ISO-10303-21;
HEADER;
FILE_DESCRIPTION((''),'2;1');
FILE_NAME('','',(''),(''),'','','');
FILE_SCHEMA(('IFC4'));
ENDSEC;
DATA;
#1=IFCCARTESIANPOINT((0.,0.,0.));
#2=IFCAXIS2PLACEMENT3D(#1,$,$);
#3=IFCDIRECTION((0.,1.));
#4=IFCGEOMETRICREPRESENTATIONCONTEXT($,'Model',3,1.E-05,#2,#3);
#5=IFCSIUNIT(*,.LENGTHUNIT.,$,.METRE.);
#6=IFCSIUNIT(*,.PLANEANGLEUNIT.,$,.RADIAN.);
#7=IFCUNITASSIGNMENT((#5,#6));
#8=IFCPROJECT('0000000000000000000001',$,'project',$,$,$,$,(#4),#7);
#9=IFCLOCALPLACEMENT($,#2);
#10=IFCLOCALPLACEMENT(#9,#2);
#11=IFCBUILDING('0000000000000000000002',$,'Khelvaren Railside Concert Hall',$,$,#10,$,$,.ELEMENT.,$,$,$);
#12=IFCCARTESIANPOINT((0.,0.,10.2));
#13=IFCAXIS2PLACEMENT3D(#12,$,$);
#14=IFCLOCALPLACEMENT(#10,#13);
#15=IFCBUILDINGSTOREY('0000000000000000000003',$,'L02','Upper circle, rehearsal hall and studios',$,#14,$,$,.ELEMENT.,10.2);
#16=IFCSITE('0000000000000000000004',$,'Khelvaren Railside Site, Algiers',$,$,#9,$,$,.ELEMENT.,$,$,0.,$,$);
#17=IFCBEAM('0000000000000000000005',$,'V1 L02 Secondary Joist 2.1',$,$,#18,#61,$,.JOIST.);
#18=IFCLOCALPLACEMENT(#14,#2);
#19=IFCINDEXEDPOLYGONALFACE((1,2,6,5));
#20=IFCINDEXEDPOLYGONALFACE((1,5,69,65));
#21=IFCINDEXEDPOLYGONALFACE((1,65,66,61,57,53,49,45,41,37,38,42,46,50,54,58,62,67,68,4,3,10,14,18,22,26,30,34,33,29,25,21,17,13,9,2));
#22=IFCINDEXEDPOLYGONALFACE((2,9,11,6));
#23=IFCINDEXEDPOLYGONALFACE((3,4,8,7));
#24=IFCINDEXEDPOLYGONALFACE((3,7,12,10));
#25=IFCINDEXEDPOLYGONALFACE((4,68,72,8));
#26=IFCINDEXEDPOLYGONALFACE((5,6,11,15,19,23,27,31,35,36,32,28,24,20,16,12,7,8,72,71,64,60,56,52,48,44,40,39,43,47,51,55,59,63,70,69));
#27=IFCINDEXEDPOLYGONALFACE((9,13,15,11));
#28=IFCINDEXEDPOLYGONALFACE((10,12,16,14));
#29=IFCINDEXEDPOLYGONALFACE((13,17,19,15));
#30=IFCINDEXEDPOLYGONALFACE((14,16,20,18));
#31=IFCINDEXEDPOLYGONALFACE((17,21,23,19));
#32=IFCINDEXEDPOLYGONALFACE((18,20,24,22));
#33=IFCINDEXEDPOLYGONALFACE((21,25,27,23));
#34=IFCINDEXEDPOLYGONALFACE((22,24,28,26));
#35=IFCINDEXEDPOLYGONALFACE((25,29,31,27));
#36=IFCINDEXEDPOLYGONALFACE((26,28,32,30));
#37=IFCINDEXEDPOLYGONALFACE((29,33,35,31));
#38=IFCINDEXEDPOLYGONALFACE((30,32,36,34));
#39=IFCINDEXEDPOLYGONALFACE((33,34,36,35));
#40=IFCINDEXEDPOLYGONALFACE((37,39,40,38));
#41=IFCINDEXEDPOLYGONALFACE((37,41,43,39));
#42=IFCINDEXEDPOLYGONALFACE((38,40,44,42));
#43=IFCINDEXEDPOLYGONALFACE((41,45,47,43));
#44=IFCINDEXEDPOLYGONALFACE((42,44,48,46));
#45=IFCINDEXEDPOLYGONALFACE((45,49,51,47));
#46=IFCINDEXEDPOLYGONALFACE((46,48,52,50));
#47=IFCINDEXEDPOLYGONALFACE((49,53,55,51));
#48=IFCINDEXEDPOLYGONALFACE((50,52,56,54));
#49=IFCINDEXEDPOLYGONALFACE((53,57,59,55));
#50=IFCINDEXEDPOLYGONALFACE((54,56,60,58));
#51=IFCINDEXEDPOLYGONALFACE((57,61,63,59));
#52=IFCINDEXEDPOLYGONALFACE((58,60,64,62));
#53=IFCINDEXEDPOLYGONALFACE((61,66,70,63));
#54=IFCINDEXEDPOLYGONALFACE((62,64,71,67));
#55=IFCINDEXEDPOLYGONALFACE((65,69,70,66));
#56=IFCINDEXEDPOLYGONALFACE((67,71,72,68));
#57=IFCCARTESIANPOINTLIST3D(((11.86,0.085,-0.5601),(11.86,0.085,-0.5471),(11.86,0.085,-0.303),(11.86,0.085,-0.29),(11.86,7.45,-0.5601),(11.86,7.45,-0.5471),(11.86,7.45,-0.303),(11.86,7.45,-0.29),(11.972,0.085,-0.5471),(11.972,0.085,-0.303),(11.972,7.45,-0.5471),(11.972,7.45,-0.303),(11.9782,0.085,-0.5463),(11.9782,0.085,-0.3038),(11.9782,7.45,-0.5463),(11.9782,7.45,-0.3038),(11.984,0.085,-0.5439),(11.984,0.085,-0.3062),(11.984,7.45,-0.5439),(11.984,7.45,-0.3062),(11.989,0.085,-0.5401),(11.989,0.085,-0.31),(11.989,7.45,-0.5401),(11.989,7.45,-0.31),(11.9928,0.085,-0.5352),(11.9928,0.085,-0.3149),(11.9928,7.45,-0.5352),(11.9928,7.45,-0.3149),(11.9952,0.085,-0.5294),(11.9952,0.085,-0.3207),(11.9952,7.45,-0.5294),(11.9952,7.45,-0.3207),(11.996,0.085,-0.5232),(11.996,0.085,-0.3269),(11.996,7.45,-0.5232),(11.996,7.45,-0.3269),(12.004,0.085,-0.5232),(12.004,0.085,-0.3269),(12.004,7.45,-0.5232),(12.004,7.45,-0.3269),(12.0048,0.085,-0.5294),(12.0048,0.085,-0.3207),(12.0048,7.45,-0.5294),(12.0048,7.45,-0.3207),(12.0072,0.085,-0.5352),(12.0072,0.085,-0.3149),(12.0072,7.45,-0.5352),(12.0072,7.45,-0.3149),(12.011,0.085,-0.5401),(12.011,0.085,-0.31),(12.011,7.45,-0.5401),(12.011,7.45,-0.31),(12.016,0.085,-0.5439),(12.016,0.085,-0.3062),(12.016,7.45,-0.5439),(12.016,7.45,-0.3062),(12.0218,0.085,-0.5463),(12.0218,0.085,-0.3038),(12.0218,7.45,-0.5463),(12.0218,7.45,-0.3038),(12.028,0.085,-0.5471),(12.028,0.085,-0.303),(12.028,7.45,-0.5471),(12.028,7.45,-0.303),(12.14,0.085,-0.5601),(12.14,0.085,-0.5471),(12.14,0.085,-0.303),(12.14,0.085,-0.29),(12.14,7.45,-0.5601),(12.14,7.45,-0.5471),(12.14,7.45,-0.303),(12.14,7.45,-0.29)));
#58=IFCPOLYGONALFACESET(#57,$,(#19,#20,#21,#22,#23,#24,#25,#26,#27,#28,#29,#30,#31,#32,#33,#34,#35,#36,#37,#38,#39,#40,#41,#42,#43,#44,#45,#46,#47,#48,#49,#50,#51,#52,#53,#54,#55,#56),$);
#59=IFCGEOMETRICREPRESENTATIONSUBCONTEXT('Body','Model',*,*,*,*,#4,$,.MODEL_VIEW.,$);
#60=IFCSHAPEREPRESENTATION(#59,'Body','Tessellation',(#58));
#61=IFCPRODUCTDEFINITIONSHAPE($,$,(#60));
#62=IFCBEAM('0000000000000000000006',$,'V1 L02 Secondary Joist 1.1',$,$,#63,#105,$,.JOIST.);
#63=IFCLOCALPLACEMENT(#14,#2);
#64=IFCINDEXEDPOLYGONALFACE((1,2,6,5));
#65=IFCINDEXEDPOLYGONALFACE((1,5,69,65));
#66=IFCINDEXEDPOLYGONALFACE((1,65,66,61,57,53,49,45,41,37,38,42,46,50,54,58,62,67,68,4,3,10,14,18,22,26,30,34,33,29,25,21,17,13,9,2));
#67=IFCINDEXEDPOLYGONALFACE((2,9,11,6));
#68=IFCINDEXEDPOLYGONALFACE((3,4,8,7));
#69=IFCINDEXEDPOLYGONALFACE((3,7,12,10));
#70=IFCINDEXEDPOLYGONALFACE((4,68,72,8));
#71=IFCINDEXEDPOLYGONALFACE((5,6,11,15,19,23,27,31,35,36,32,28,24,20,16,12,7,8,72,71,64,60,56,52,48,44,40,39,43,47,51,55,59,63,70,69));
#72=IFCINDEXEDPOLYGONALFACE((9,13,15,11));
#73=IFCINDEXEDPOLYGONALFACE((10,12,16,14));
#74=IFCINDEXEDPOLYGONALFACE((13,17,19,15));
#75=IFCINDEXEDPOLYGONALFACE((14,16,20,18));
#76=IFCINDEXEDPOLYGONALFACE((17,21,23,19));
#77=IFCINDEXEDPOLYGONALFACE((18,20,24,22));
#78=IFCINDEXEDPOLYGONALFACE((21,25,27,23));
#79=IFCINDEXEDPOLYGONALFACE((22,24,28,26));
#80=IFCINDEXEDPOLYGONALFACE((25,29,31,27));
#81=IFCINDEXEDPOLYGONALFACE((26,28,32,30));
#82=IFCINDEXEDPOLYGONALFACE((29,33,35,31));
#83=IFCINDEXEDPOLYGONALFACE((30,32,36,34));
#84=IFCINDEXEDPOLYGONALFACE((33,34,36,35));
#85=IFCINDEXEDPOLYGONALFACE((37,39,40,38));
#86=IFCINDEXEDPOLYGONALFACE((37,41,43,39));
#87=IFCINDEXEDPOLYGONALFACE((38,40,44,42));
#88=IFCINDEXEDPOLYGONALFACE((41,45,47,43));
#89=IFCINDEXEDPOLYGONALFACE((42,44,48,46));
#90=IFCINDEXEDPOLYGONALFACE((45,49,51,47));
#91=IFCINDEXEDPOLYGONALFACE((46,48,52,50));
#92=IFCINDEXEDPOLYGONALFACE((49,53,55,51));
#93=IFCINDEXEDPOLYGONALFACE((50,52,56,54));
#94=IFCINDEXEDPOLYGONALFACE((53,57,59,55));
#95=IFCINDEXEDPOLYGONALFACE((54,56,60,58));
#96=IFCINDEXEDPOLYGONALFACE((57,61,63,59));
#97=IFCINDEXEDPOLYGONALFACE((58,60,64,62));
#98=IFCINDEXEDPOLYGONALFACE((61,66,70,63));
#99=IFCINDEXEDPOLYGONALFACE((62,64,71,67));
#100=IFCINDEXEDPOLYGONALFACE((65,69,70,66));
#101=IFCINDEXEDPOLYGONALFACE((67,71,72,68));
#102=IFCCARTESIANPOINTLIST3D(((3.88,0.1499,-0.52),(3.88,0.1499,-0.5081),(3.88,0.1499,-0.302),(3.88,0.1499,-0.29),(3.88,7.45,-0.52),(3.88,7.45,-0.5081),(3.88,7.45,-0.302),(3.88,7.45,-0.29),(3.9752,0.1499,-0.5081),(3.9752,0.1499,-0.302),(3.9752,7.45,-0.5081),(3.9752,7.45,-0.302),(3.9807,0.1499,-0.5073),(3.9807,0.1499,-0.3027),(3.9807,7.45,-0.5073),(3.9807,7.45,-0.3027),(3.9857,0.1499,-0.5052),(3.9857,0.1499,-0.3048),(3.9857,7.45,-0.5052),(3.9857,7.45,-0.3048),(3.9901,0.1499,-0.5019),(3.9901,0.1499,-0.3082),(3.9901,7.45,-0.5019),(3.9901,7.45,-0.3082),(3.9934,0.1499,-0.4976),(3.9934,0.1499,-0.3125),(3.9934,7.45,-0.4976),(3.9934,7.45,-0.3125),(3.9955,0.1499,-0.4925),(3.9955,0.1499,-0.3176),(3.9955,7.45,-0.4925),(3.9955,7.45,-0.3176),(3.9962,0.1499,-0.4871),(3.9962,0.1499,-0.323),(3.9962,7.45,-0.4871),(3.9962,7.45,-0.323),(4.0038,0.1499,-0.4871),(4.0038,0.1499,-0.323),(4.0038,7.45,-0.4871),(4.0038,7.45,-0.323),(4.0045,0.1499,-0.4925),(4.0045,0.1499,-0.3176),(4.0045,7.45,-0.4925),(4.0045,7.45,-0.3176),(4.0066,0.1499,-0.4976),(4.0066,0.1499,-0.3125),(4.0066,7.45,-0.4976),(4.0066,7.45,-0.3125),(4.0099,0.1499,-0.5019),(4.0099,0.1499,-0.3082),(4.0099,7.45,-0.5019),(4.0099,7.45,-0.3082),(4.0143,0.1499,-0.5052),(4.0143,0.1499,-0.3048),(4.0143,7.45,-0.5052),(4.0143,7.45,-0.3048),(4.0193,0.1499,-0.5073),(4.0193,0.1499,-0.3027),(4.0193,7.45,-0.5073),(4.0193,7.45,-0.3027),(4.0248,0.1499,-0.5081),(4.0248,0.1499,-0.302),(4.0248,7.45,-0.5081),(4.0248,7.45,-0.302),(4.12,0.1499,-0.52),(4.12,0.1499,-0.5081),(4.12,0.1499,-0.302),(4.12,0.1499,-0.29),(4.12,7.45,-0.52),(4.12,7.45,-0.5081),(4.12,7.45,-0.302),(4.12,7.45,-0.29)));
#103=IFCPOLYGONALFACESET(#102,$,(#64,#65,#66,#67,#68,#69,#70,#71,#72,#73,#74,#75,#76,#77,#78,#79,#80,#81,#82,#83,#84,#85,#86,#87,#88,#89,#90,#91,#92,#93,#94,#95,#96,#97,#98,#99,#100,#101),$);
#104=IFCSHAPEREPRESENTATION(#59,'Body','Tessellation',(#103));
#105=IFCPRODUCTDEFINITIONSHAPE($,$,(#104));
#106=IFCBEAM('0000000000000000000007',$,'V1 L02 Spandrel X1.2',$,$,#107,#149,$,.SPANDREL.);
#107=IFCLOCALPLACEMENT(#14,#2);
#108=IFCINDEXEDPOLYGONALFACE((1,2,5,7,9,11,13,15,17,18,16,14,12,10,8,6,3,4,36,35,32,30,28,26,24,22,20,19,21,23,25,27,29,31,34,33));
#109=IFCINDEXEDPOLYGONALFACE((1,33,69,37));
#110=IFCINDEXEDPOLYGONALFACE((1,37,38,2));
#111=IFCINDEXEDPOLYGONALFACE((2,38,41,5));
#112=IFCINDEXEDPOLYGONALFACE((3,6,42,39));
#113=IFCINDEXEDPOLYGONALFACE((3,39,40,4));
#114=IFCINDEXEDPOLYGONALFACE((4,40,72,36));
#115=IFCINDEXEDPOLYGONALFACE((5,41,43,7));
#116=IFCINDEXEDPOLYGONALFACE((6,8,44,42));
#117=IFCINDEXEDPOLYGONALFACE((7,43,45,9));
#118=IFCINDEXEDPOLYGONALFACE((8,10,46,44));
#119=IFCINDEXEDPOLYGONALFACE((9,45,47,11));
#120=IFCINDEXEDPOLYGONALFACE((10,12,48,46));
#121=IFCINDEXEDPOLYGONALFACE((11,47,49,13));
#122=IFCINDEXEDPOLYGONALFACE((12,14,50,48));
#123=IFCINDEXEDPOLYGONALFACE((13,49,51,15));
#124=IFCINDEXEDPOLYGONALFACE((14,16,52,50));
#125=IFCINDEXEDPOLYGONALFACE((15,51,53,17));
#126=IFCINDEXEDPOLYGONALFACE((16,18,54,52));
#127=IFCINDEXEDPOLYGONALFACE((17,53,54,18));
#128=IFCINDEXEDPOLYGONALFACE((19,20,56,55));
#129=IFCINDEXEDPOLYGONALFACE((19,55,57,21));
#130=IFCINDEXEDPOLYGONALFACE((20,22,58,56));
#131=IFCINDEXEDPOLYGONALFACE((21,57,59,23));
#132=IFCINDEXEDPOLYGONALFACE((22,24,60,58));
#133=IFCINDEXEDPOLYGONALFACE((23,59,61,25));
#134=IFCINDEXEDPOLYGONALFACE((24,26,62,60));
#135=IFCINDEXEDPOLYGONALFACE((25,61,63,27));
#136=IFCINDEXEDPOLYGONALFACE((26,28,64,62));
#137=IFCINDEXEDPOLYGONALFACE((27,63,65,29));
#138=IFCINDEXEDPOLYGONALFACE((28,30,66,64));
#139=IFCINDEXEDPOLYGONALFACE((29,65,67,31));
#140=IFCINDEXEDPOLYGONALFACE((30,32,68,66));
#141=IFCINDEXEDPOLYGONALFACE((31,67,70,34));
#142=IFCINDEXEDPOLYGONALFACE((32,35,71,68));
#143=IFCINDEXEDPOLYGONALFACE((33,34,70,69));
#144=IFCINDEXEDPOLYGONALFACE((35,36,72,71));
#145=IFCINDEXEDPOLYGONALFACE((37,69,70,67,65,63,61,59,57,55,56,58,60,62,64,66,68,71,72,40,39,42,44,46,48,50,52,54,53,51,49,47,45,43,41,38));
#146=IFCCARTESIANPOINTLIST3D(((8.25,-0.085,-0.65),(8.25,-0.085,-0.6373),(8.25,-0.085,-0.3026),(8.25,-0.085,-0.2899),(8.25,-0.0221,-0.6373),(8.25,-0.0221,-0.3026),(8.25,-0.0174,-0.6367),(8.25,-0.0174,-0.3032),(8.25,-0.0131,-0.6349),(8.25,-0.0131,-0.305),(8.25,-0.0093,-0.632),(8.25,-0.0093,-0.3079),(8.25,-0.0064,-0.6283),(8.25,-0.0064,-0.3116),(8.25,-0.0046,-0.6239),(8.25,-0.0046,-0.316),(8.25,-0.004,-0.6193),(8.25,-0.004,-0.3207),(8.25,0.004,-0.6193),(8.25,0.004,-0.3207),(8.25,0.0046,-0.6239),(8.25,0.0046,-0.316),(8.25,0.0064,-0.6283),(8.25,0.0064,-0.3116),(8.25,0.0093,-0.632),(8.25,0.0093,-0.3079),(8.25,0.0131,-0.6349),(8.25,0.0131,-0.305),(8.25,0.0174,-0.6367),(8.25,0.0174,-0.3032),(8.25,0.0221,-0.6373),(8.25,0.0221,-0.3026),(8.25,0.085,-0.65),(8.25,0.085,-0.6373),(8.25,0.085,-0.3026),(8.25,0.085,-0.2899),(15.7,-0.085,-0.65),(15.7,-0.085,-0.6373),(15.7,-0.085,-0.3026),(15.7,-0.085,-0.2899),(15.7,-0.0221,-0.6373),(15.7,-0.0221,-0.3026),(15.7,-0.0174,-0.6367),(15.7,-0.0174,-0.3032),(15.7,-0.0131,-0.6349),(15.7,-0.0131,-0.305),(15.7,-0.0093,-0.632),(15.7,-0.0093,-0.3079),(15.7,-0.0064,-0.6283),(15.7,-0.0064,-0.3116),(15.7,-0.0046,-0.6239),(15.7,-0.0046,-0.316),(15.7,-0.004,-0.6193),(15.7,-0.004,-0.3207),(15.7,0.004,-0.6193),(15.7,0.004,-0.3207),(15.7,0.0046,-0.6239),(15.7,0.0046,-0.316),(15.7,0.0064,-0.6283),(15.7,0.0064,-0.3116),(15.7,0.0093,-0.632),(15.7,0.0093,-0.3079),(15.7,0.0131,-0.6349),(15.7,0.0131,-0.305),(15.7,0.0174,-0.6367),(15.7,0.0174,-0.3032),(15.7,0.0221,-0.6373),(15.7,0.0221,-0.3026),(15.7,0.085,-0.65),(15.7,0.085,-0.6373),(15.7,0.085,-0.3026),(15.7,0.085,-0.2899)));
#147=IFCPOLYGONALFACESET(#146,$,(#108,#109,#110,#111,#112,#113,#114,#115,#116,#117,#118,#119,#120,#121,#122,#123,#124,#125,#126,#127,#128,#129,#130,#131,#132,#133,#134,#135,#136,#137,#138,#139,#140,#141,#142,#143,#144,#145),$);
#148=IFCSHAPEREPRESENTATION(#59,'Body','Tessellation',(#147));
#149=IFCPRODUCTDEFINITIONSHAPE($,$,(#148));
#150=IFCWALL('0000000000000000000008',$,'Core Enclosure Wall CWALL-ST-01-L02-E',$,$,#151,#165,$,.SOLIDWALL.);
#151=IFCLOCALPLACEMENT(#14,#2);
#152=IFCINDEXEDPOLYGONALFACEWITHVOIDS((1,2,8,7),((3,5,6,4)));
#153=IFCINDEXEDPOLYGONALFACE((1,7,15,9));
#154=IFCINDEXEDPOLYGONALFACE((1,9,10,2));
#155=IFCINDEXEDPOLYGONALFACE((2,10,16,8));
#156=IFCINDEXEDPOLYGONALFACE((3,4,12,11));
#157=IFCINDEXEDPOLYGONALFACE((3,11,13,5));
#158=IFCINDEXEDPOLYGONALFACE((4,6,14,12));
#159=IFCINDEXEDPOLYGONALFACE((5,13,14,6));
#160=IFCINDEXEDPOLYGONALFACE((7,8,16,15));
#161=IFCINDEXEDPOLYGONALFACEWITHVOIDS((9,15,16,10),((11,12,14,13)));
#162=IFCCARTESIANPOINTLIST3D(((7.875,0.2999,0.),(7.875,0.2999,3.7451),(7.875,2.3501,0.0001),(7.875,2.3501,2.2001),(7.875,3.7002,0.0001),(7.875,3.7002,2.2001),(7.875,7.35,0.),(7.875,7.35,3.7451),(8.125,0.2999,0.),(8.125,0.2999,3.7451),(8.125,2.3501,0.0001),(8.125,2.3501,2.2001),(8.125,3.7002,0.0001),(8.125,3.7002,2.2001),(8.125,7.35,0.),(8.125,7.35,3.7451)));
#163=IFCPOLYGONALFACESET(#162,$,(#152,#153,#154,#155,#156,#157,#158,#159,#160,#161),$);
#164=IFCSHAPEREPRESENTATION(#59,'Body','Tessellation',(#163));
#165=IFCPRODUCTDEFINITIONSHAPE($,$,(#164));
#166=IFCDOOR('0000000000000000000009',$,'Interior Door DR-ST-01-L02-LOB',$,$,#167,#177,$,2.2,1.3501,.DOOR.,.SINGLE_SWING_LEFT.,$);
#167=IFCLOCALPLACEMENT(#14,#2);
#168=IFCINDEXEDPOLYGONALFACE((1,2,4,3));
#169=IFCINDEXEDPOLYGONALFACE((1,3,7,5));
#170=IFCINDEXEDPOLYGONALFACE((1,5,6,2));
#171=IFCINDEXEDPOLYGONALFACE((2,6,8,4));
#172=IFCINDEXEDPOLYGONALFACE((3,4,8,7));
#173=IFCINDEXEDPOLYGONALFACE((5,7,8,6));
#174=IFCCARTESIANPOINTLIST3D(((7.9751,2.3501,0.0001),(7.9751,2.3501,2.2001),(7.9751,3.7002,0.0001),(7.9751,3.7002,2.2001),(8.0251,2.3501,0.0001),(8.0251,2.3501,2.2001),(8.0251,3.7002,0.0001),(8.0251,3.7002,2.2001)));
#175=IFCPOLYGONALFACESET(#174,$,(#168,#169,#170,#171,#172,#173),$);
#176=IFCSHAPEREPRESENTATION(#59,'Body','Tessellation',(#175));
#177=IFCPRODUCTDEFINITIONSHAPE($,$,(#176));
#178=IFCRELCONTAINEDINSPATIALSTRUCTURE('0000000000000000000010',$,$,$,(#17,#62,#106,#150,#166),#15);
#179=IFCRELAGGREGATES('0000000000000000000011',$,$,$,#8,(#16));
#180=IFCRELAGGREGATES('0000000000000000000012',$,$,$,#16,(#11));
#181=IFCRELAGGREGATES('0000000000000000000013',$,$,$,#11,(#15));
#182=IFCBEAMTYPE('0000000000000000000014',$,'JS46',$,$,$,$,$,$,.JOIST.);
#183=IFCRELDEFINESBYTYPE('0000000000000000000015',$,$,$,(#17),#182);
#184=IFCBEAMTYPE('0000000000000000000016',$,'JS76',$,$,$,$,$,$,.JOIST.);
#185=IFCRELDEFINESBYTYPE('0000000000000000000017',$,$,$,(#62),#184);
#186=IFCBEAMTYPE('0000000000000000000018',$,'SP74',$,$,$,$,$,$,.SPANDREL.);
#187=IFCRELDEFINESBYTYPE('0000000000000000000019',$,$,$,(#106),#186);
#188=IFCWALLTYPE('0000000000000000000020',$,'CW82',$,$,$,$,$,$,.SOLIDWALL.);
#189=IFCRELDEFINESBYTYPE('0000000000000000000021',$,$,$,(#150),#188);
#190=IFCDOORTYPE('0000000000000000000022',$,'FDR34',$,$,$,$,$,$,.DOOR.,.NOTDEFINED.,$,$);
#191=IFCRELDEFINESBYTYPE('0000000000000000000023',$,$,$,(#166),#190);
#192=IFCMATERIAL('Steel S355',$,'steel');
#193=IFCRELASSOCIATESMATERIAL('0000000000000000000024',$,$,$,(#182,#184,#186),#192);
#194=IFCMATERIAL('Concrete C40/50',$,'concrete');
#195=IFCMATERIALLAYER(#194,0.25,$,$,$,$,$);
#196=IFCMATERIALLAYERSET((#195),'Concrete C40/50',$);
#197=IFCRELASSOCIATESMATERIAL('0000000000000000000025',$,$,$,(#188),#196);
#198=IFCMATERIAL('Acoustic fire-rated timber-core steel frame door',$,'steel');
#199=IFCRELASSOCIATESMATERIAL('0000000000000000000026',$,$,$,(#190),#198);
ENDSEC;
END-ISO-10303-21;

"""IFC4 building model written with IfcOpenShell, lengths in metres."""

from ifc_helpers import new_model, si_unit, direction, frame, frame_2d, origin, origin_2d, place, context, subcontext, project, spatial, rectangle, i_section, extrude, material, layer, layer_set, material_profile, profile_set, type_object, element, fill, save


model = new_model("IFC4")

# Units and contexts
model_context = context("Model", 3, precision=1e-05, world=origin(), true_north=direction((0.0, 1.0)))
body_context = subcontext(model_context, "Body", "Model", "MODEL_VIEW")
ifc_project = project(units=[si_unit("LENGTHUNIT", "METRE"), si_unit("PLANEANGLEUNIT", "RADIAN")], contexts=[model_context])

# Site, building, storey
site_placement = place(None, origin())
site = spatial("IfcSite", under=ifc_project, at=site_placement, Name="Khelvaren Railside Site, Algiers", CompositionType="ELEMENT", RefElevation=0.0)
building_placement = place(site_placement, origin())
building = spatial("IfcBuilding", under=site, at=building_placement, Name="Khelvaren Railside Concert Hall", CompositionType="ELEMENT")
storey_placement = place(building_placement, frame((0.0, 0.0, 10.2)))
storey = spatial("IfcBuildingStorey", under=building, at=storey_placement, Name="L02", Description="Upper circle, rehearsal hall and studios", CompositionType="ELEMENT", Elevation=10.2)

# Beams
ifc_material_1 = material(Name="Steel S355", Category="steel")
ifc_material_profile_1 = material_profile(ifc_material_1, i_section(OverallWidth=0.28, OverallDepth=0.27, WebThickness=0.0081, FlangeThickness=0.0129, FilletRadius=0.0239, at=origin_2d()), Name="HEA 280")
ifc_profile_set_1 = profile_set([ifc_material_profile_1], Name="Steel S355")
beam_type_1 = type_object("IfcBeamType", Name="JS46", PredefinedType="JOIST", material=ifc_profile_set_1)
beam_1_placement = place(storey_placement, frame((12.0, 0.085, -0.425), z_axis=(0.0, 1.0, 0.0), x_axis=(-1.0, 0.0, 0.0)))
element("IfcBeam", 1, at=beam_1_placement, inside=storey, type_object=beam_type_1, Name="V1 L02 Secondary Joist 2.1", PredefinedType="JOIST", context=body_context, shape_type="SweptSolid", body=[
    extrude(i_section(OverallWidth=0.28, OverallDepth=0.27, WebThickness=0.0081, FlangeThickness=0.0129, FilletRadius=0.0239, at=origin_2d()), origin(), (0.0, 0.0, 1.0), 7.365),
])
ifc_material_profile_2 = material_profile(ifc_material_1, i_section(OverallWidth=0.24, OverallDepth=0.23, WebThickness=0.0076, FlangeThickness=0.012, FilletRadius=0.021, at=origin_2d()), Name="HEA 240")
ifc_profile_set_2 = profile_set([ifc_material_profile_2], Name="Steel S355")
beam_type_2 = type_object("IfcBeamType", Name="JS76", PredefinedType="JOIST", material=ifc_profile_set_2)
beam_2_placement = place(storey_placement, frame((4.0, 0.1499, -0.405), z_axis=(0.0, 1.0, 0.0), x_axis=(-1.0, 0.0, 0.0)))
element("IfcBeam", 2, at=beam_2_placement, inside=storey, type_object=beam_type_2, Name="V1 L02 Secondary Joist 1.1", PredefinedType="JOIST", context=body_context, shape_type="SweptSolid", body=[
    extrude(i_section(OverallWidth=0.24, OverallDepth=0.23, WebThickness=0.0076, FlangeThickness=0.012, FilletRadius=0.021, at=origin_2d()), origin(), (0.0, 0.0, 1.0), 7.3),
])
ifc_material_profile_3 = material_profile(ifc_material_1, i_section(OverallWidth=0.1699, OverallDepth=0.3601, WebThickness=0.0081, FlangeThickness=0.0127, FilletRadius=0.0181, at=origin_2d()), Name="IPE 360")
ifc_profile_set_3 = profile_set([ifc_material_profile_3], Name="Steel S355")
beam_type_3 = type_object("IfcBeamType", Name="SP74", PredefinedType="SPANDREL", material=ifc_profile_set_3)
beam_3_placement = place(storey_placement, frame((8.25, 0.0, -0.47), z_axis=(1.0, 0.0, 0.0), x_axis=(0.0, 1.0, 0.0)))
element("IfcBeam", 3, at=beam_3_placement, inside=storey, type_object=beam_type_3, Name="V1 L02 Spandrel X1.2", PredefinedType="SPANDREL", context=body_context, shape_type="SweptSolid", body=[
    extrude(i_section(OverallWidth=0.1699, OverallDepth=0.3601, WebThickness=0.0081, FlangeThickness=0.0127, FilletRadius=0.0181, at=origin_2d()), origin(), (0.0, 0.0, 1.0), 7.45),
])

# Wall, opening, door
ifc_material_2 = material(Name="Concrete C40/50", Category="concrete")
ifc_layer_1 = layer(ifc_material_2, 0.25)
ifc_layer_set_1 = layer_set([ifc_layer_1], Name="Concrete C40/50")
wall_type_1 = type_object("IfcWallType", Name="CW82", PredefinedType="SOLIDWALL", material=ifc_layer_set_1)
wall_1_placement = place(storey_placement, frame((8.0, 0.3, 0.0), z_axis=(0.0, 0.0, 1.0), x_axis=(0.0, 1.0, 0.0)))
wall_1 = element("IfcWall", 4, at=wall_1_placement, inside=storey, type_object=wall_type_1, Name="Core Enclosure Wall CWALL-ST-01-L02-E", PredefinedType="SOLIDWALL", context=body_context, shape_type="SweptSolid", body=[
    extrude(rectangle(XDim=7.05, YDim=0.25, at=frame_2d((3.5249, 0.0))), origin(), (0.0, 0.0, 1.0), 3.7451),
])
opening_1_placement = place(wall_1_placement, frame((2.05, 0.0, 0.0)))
opening_1 = element("IfcOpeningElement", 5, at=opening_1_placement, cuts=wall_1, PredefinedType="OPENING", context=body_context, shape_type="SweptSolid", body=[
    extrude(rectangle(XDim=1.3501, YDim=2.2, at=frame_2d((0.675, 1.1001))), frame((0.0, 0.135, 0.0), z_axis=(0.0, -1.0, 0.0), x_axis=(1.0, 0.0, 0.0)), (0.0, 0.0, 1.0), 0.27),
])
ifc_material_3 = material(Name="Acoustic fire-rated timber-core steel frame door", Category="steel")
door_type_1 = type_object("IfcDoorType", Name="FDR34", OperationType="NOTDEFINED", PredefinedType="DOOR", material=ifc_material_3)
door_1_placement = place(opening_1_placement, origin())
door_1 = element("IfcDoor", 6, at=door_1_placement, inside=storey, type_object=door_type_1, Name="Interior Door DR-ST-01-L02-LOB", OperationType="SINGLE_SWING_LEFT", OverallHeight=2.2, OverallWidth=1.3501, PredefinedType="DOOR", context=body_context, shape_type="SweptSolid", body=[
    extrude(rectangle(XDim=1.3501, YDim=2.2, at=frame_2d((0.675, 1.1001))), frame((0.0, 0.0249, 0.0), z_axis=(0.0, -1.0, 0.0), x_axis=(1.0, 0.0, 0.0)), (0.0, 0.0, 1.0), 0.05),
])
fill(opening_1, door_1)

save(model, "model.ifc")
